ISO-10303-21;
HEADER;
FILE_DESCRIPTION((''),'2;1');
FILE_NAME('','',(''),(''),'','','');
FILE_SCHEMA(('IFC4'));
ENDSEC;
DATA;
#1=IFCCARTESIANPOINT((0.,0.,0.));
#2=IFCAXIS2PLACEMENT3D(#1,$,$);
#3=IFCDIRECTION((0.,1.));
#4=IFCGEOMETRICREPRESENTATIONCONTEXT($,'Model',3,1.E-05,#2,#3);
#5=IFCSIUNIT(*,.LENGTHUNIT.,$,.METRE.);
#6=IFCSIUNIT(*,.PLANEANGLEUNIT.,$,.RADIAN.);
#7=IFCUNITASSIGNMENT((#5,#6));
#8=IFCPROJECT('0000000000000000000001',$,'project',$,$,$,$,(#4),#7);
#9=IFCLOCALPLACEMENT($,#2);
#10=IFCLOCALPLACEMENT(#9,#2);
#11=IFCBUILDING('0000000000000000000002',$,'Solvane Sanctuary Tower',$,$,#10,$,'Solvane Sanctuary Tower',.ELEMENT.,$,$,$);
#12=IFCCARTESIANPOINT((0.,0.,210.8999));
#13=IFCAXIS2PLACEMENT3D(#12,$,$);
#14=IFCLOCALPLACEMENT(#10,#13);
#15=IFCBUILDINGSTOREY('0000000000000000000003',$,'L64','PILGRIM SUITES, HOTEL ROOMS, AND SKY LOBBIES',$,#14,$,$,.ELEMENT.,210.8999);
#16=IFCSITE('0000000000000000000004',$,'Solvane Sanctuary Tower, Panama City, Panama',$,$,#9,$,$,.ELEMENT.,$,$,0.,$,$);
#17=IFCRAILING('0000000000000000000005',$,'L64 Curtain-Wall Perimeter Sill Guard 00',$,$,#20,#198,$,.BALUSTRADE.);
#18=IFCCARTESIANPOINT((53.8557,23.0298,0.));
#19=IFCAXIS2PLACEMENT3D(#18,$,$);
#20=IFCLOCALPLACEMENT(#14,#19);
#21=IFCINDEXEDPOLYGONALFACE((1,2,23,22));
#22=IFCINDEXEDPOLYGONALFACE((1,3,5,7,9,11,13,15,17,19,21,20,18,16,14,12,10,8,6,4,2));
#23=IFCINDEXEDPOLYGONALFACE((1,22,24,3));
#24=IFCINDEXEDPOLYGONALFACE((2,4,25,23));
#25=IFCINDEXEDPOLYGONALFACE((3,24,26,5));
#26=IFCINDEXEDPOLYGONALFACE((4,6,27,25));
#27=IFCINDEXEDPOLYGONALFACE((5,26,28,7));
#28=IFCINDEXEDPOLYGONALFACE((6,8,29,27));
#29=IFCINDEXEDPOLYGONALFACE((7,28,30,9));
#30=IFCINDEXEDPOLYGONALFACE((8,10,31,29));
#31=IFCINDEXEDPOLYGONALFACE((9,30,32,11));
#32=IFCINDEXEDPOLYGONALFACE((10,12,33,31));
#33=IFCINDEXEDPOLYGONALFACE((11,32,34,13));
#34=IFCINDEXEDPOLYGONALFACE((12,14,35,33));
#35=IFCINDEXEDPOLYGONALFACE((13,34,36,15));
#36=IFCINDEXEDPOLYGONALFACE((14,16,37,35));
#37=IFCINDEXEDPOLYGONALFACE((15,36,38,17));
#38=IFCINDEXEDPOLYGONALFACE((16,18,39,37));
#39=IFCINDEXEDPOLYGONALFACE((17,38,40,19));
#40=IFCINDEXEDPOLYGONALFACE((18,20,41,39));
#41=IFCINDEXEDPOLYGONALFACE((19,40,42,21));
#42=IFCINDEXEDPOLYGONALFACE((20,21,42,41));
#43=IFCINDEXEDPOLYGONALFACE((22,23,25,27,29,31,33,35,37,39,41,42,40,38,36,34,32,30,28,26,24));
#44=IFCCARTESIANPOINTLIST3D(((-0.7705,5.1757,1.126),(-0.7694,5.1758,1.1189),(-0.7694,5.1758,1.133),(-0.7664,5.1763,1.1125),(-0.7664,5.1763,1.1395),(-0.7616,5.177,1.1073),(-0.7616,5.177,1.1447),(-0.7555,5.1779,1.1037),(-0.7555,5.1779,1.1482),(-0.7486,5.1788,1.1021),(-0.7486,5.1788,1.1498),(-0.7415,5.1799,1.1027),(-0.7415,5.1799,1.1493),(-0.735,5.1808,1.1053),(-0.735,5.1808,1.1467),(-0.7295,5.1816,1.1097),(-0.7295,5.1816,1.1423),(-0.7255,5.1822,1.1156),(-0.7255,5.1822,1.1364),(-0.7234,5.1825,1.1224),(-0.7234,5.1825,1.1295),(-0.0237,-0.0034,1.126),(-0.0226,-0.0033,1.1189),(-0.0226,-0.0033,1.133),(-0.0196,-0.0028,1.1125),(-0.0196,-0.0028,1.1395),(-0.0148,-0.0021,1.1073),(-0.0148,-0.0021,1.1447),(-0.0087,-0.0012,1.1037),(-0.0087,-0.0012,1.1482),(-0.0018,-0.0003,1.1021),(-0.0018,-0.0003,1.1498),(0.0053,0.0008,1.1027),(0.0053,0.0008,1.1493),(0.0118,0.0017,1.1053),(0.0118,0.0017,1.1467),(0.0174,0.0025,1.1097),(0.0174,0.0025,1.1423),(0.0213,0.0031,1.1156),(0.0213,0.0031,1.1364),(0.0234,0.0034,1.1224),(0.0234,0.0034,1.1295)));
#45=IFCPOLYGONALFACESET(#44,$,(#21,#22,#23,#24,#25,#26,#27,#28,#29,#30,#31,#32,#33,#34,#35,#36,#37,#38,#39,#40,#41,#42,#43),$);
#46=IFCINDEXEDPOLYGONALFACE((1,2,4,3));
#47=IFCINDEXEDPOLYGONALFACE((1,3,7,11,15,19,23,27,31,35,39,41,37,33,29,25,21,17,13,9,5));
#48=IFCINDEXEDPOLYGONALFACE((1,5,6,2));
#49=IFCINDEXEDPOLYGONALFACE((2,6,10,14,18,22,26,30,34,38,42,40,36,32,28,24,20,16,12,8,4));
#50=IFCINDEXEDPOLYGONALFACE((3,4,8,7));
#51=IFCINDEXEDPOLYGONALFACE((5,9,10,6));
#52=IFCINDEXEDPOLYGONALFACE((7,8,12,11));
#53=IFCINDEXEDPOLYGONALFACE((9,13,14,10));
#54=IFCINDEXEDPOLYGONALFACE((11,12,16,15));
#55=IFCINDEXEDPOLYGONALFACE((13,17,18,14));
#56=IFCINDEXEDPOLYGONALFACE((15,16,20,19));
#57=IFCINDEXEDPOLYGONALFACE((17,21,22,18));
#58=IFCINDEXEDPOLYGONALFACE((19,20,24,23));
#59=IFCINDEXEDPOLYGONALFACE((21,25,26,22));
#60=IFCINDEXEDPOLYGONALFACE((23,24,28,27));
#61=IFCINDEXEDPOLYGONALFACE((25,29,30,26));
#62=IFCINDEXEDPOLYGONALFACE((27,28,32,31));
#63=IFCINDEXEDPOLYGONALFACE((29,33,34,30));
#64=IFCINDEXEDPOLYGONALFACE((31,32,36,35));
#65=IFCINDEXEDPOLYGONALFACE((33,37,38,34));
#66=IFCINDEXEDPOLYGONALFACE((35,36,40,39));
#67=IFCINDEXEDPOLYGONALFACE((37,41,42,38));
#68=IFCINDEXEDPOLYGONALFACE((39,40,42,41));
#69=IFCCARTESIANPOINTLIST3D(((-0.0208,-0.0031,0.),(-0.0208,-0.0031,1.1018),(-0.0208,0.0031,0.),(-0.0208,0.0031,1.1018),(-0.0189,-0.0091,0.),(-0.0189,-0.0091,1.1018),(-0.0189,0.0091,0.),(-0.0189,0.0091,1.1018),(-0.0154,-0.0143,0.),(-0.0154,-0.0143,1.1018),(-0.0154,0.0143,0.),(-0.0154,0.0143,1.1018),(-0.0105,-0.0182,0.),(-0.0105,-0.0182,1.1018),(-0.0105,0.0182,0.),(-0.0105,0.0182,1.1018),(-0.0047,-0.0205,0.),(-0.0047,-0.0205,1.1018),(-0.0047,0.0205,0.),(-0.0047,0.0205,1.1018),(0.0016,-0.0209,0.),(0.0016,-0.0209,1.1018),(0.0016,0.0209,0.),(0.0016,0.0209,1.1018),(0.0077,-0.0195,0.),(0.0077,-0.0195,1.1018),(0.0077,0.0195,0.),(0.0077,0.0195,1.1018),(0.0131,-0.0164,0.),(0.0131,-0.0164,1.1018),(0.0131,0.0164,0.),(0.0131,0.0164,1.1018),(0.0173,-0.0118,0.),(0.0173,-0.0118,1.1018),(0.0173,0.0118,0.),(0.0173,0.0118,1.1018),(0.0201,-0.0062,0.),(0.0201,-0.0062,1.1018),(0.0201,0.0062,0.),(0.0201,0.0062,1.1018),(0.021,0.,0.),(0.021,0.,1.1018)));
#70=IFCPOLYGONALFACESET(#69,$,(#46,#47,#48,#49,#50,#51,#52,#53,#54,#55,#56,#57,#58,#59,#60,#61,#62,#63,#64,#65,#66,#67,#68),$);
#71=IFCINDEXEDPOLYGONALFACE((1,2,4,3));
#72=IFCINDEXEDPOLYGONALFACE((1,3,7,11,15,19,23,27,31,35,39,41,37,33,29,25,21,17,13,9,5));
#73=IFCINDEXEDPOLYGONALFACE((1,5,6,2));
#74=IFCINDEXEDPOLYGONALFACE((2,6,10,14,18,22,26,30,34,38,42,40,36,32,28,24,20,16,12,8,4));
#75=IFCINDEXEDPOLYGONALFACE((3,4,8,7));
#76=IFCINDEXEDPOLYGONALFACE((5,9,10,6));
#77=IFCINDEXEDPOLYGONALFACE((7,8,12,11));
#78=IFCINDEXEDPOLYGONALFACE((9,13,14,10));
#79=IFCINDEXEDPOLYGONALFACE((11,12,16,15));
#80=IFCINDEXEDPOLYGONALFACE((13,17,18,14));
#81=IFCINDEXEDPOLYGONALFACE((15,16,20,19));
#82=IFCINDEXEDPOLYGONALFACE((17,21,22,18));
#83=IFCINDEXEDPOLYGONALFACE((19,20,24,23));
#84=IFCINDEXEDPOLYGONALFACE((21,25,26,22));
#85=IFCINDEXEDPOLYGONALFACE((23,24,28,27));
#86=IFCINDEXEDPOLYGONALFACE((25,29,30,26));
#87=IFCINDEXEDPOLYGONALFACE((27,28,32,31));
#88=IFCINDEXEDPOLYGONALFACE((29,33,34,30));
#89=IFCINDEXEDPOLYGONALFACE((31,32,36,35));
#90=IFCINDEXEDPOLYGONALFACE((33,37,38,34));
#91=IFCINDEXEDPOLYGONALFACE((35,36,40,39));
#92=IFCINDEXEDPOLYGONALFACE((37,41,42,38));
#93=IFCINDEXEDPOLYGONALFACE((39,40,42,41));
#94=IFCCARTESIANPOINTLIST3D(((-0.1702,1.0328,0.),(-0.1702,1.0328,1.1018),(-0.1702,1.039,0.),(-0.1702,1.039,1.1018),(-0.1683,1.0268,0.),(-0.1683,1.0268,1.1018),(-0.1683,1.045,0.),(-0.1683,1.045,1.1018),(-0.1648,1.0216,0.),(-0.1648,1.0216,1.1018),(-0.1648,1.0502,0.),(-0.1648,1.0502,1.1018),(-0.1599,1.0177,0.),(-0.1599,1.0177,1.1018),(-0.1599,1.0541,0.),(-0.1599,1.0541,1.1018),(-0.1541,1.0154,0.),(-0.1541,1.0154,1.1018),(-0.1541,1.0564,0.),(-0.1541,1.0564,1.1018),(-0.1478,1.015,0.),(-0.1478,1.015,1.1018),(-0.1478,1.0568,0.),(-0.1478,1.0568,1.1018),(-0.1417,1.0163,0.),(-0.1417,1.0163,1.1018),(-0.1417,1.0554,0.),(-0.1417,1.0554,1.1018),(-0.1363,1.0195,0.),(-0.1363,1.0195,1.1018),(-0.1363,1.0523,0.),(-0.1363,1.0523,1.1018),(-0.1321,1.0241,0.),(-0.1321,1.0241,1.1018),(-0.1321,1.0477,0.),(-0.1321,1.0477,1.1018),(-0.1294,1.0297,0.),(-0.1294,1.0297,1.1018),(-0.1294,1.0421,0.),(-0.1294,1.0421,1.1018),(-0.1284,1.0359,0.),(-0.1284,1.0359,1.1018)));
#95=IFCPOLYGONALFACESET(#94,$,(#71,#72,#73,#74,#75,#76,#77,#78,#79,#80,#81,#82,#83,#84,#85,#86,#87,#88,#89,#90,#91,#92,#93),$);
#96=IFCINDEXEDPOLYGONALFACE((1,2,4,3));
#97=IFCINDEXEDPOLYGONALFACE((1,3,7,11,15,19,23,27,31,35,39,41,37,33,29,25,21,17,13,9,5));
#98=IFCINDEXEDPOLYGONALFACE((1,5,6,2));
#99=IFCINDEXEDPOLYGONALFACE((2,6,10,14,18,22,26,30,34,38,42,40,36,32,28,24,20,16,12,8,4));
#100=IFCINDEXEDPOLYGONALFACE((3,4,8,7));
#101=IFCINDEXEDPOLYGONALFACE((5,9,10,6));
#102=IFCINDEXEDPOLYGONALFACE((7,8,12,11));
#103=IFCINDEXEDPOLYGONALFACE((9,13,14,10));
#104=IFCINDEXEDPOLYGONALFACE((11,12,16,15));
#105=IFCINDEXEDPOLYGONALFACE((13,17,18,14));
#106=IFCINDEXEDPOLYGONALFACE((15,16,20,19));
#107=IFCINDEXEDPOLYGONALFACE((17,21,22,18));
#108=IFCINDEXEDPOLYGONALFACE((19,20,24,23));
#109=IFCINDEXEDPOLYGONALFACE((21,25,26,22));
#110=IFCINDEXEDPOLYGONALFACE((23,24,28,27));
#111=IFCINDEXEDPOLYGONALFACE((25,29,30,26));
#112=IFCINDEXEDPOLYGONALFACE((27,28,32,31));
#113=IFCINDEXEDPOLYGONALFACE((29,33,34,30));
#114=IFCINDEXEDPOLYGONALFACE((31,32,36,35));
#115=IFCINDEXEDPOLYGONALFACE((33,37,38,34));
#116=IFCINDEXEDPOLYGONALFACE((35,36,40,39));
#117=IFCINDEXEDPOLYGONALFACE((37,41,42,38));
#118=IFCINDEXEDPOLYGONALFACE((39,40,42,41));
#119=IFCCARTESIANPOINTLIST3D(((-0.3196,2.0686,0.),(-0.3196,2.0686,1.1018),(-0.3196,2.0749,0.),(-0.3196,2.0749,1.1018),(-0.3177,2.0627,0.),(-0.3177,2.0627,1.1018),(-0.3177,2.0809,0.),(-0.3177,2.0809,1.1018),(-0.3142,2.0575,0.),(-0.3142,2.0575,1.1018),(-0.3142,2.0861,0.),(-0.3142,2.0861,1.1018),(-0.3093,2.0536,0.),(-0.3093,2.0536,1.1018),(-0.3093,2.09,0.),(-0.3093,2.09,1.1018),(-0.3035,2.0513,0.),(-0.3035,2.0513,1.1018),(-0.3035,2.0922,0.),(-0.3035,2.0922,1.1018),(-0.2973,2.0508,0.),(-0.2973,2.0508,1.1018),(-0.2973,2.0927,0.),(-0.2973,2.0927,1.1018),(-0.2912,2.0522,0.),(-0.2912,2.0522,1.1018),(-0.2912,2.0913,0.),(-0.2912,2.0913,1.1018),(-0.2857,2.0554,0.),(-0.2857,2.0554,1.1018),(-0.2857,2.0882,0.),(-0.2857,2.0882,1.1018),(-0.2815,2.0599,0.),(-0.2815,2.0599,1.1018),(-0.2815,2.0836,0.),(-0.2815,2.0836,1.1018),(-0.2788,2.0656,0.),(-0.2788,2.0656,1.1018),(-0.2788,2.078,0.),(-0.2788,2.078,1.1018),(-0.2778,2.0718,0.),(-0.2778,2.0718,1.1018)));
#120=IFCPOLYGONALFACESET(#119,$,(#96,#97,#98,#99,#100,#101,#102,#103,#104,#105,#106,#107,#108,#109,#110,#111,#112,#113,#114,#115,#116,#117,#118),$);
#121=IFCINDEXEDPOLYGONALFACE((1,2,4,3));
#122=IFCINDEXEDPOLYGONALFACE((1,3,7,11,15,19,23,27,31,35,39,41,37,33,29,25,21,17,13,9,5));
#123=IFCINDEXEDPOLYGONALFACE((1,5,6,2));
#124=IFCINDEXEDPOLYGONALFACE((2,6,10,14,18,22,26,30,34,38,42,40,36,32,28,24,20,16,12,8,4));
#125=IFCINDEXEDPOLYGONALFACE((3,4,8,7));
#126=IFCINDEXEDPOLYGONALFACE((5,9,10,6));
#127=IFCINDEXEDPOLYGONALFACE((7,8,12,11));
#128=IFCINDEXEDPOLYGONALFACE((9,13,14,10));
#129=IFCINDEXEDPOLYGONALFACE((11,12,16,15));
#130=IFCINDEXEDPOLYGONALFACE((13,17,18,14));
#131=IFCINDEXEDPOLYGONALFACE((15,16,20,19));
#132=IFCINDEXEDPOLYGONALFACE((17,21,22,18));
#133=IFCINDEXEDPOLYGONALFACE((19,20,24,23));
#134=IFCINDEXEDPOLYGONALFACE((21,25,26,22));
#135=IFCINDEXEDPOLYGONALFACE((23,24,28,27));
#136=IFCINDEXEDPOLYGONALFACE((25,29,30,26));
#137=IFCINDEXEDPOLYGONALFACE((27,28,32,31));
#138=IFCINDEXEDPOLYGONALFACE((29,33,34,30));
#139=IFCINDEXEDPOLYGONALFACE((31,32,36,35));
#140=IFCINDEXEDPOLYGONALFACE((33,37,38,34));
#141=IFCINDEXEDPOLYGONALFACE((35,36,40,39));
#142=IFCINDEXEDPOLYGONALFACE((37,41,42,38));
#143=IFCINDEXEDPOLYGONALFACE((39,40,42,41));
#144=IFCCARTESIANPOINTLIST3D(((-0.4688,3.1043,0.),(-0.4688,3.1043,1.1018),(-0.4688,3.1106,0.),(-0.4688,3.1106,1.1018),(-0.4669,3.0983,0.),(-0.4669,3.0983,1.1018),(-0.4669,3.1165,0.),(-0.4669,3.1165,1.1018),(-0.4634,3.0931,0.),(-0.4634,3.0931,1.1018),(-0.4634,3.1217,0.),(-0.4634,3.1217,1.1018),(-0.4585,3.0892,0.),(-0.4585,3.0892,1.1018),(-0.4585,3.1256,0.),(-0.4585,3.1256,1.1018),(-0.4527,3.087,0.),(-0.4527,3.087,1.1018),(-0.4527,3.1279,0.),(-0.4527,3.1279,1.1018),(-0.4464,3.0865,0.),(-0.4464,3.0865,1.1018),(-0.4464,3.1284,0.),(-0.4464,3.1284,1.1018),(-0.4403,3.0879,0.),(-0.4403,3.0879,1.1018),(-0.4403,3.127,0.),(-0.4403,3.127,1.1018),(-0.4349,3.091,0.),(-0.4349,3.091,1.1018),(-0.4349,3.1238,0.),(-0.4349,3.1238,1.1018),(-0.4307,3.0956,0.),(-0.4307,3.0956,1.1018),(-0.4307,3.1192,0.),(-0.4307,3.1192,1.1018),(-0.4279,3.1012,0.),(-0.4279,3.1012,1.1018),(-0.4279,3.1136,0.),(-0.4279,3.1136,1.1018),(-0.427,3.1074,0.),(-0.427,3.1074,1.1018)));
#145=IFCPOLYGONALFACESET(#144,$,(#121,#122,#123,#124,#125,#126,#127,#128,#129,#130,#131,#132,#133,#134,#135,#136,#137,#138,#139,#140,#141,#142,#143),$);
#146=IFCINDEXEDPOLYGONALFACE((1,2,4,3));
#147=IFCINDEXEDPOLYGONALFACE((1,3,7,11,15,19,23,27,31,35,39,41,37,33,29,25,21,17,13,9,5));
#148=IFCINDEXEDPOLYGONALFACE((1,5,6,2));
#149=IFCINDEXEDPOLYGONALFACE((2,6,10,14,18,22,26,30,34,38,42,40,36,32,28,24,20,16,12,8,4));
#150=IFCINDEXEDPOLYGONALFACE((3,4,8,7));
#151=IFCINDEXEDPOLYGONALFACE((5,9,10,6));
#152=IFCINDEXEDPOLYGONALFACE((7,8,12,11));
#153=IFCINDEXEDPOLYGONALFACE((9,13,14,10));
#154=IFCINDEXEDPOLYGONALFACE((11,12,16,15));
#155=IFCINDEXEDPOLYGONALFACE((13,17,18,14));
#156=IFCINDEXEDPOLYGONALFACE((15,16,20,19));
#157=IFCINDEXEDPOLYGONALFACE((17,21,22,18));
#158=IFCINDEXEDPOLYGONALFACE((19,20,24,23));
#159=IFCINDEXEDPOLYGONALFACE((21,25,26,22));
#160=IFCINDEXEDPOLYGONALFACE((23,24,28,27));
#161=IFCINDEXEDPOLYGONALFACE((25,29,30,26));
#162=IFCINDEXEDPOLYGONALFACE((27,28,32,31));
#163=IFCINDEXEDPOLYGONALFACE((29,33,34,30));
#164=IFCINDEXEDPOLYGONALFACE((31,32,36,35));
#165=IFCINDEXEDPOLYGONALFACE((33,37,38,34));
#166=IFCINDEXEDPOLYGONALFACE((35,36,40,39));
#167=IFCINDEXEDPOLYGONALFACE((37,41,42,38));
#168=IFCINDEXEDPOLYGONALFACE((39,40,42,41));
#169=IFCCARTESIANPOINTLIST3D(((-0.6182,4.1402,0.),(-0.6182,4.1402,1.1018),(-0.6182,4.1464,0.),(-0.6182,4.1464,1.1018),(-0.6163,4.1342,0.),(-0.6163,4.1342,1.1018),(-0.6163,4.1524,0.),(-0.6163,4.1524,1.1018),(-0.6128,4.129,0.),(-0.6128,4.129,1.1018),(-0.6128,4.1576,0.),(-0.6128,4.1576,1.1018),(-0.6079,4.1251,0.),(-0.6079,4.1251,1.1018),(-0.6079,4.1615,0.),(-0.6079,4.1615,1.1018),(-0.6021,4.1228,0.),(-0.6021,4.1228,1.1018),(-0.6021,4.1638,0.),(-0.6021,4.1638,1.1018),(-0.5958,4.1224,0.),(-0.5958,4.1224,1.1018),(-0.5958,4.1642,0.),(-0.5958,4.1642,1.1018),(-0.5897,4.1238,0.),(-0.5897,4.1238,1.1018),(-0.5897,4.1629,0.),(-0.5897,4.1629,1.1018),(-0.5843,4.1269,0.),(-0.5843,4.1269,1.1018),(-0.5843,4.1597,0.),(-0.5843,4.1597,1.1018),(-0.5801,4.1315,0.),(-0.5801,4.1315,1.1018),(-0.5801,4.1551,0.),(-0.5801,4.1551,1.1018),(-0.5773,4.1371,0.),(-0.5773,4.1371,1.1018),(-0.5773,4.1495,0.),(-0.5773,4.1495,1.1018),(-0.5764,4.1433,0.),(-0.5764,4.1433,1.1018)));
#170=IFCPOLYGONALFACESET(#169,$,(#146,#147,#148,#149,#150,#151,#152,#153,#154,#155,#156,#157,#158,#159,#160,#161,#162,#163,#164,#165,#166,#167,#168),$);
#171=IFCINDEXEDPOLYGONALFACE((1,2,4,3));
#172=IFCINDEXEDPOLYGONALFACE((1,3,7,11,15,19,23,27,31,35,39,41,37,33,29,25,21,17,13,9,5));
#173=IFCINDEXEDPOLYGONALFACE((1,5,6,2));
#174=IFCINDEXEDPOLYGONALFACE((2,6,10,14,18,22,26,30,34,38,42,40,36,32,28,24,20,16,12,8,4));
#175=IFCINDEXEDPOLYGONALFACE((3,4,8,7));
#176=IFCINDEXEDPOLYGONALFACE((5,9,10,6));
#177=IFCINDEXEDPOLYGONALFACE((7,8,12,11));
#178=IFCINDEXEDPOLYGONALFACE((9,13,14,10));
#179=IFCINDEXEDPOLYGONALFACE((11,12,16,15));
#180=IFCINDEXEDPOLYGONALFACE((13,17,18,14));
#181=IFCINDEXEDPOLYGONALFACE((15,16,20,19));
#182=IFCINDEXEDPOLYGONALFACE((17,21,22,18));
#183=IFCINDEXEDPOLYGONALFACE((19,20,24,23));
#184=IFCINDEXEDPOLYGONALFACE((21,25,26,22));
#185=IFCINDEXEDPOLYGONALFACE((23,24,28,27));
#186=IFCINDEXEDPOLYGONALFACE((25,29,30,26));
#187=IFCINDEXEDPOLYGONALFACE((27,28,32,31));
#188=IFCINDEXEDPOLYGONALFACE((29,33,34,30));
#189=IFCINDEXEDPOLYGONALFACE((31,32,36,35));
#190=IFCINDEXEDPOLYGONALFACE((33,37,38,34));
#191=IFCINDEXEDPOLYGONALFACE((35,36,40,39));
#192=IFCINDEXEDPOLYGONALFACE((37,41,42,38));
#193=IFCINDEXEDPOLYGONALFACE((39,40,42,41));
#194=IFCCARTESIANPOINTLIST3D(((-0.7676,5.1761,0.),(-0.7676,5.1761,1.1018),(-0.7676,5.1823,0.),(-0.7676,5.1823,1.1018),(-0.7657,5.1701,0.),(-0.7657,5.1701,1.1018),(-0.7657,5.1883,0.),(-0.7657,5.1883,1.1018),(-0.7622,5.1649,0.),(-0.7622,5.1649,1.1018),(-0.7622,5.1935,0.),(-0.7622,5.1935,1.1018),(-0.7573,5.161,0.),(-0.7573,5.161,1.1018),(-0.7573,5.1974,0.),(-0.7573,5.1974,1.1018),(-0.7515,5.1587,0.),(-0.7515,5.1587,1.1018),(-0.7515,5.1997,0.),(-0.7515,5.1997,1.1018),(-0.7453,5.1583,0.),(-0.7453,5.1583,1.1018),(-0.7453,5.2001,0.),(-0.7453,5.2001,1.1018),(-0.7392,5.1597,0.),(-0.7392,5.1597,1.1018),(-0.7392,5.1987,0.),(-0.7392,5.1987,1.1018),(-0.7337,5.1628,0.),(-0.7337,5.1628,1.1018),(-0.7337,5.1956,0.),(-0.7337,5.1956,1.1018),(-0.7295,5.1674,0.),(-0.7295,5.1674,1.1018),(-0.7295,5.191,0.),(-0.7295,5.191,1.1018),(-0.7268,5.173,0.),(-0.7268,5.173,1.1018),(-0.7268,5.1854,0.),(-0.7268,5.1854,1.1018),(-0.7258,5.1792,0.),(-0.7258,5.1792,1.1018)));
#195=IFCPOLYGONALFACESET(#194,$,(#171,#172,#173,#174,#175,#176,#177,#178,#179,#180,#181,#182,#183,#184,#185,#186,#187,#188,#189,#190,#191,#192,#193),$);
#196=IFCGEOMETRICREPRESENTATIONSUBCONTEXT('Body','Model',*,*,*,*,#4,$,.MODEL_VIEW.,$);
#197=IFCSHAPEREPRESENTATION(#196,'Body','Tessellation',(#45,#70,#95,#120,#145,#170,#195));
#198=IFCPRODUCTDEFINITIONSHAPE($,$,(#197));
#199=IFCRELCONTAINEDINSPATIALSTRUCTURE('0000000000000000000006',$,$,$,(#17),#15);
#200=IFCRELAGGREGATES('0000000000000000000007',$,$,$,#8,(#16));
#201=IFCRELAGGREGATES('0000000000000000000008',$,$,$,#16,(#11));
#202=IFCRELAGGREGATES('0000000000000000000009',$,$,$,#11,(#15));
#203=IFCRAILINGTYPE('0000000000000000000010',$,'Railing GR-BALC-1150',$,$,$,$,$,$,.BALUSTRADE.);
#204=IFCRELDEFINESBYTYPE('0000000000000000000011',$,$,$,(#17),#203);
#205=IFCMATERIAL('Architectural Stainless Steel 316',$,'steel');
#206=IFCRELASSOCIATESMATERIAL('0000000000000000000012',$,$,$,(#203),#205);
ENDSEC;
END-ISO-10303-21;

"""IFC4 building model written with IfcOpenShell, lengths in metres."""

from ifc_helpers import new_model, si_unit, direction, frame, origin, origin_2d, place, context, subcontext, project, spatial, circle, extrude, material, type_object, element, save


model = new_model("IFC4")

# Units and contexts
model_context = context("Model", 3, precision=1e-05, world=origin(), true_north=direction((0.0, 1.0)))
body_context = subcontext(model_context, "Body", "Model", "MODEL_VIEW")
ifc_project = project(units=[si_unit("LENGTHUNIT", "METRE"), si_unit("PLANEANGLEUNIT", "RADIAN")], contexts=[model_context])

# Site, building, storey
site_placement = place(None, origin())
site = spatial("IfcSite", under=ifc_project, at=site_placement, Name="Solvane Sanctuary Tower, Panama City, Panama", CompositionType="ELEMENT", RefElevation=0.0)
building_placement = place(site_placement, origin())
building = spatial("IfcBuilding", under=site, at=building_placement, Name="Solvane Sanctuary Tower", LongName="Solvane Sanctuary Tower", CompositionType="ELEMENT")
storey_placement = place(building_placement, frame((0.0, 0.0, 210.8999)))
storey = spatial("IfcBuildingStorey", under=building, at=storey_placement, Name="L64", Description="PILGRIM SUITES, HOTEL ROOMS, AND SKY LOBBIES", CompositionType="ELEMENT", Elevation=210.8999)

# Railing
ifc_material_1 = material(Name="Architectural Stainless Steel 316", Category="steel")
railing_type = type_object("IfcRailingType", Name="Railing GR-BALC-1150", PredefinedType="BALUSTRADE", material=ifc_material_1)
railing_1_placement = place(storey_placement, frame((53.8557, 23.0298, 0.0)))
element("IfcRailing", 1, at=railing_1_placement, inside=storey, type_object=railing_type, Name="L64 Curtain-Wall Perimeter Sill Guard 00", PredefinedType="BALUSTRADE", context=body_context, shape_type="SweptSolid", body=[
    extrude(circle(Radius=0.0239, at=origin_2d()), frame((0.0, 0.0, 1.126), z_axis=(-0.142721, 0.989763, 0.0), x_axis=(-0.989763, -0.142721, 0.0)), (0.0, 0.0, 1.0), 5.2327),
    extrude(circle(Radius=0.021, at=origin_2d()), origin(), (0.0, 0.0, 1.0), 1.1018),
    extrude(circle(Radius=0.021, at=origin_2d()), frame((-0.1494, 1.0359, 0.0)), (0.0, 0.0, 1.0), 1.1018),
    extrude(circle(Radius=0.021, at=origin_2d()), frame((-0.2988, 2.0718, 0.0)), (0.0, 0.0, 1.0), 1.1018),
    extrude(circle(Radius=0.021, at=origin_2d()), frame((-0.448, 3.1074, 0.0)), (0.0, 0.0, 1.0), 1.1018),
    extrude(circle(Radius=0.021, at=origin_2d()), frame((-0.5974, 4.1433, 0.0)), (0.0, 0.0, 1.0), 1.1018),
    extrude(circle(Radius=0.021, at=origin_2d()), frame((-0.7468, 5.1792, 0.0)), (0.0, 0.0, 1.0), 1.1018),
])

save(model, "model.ifc")
